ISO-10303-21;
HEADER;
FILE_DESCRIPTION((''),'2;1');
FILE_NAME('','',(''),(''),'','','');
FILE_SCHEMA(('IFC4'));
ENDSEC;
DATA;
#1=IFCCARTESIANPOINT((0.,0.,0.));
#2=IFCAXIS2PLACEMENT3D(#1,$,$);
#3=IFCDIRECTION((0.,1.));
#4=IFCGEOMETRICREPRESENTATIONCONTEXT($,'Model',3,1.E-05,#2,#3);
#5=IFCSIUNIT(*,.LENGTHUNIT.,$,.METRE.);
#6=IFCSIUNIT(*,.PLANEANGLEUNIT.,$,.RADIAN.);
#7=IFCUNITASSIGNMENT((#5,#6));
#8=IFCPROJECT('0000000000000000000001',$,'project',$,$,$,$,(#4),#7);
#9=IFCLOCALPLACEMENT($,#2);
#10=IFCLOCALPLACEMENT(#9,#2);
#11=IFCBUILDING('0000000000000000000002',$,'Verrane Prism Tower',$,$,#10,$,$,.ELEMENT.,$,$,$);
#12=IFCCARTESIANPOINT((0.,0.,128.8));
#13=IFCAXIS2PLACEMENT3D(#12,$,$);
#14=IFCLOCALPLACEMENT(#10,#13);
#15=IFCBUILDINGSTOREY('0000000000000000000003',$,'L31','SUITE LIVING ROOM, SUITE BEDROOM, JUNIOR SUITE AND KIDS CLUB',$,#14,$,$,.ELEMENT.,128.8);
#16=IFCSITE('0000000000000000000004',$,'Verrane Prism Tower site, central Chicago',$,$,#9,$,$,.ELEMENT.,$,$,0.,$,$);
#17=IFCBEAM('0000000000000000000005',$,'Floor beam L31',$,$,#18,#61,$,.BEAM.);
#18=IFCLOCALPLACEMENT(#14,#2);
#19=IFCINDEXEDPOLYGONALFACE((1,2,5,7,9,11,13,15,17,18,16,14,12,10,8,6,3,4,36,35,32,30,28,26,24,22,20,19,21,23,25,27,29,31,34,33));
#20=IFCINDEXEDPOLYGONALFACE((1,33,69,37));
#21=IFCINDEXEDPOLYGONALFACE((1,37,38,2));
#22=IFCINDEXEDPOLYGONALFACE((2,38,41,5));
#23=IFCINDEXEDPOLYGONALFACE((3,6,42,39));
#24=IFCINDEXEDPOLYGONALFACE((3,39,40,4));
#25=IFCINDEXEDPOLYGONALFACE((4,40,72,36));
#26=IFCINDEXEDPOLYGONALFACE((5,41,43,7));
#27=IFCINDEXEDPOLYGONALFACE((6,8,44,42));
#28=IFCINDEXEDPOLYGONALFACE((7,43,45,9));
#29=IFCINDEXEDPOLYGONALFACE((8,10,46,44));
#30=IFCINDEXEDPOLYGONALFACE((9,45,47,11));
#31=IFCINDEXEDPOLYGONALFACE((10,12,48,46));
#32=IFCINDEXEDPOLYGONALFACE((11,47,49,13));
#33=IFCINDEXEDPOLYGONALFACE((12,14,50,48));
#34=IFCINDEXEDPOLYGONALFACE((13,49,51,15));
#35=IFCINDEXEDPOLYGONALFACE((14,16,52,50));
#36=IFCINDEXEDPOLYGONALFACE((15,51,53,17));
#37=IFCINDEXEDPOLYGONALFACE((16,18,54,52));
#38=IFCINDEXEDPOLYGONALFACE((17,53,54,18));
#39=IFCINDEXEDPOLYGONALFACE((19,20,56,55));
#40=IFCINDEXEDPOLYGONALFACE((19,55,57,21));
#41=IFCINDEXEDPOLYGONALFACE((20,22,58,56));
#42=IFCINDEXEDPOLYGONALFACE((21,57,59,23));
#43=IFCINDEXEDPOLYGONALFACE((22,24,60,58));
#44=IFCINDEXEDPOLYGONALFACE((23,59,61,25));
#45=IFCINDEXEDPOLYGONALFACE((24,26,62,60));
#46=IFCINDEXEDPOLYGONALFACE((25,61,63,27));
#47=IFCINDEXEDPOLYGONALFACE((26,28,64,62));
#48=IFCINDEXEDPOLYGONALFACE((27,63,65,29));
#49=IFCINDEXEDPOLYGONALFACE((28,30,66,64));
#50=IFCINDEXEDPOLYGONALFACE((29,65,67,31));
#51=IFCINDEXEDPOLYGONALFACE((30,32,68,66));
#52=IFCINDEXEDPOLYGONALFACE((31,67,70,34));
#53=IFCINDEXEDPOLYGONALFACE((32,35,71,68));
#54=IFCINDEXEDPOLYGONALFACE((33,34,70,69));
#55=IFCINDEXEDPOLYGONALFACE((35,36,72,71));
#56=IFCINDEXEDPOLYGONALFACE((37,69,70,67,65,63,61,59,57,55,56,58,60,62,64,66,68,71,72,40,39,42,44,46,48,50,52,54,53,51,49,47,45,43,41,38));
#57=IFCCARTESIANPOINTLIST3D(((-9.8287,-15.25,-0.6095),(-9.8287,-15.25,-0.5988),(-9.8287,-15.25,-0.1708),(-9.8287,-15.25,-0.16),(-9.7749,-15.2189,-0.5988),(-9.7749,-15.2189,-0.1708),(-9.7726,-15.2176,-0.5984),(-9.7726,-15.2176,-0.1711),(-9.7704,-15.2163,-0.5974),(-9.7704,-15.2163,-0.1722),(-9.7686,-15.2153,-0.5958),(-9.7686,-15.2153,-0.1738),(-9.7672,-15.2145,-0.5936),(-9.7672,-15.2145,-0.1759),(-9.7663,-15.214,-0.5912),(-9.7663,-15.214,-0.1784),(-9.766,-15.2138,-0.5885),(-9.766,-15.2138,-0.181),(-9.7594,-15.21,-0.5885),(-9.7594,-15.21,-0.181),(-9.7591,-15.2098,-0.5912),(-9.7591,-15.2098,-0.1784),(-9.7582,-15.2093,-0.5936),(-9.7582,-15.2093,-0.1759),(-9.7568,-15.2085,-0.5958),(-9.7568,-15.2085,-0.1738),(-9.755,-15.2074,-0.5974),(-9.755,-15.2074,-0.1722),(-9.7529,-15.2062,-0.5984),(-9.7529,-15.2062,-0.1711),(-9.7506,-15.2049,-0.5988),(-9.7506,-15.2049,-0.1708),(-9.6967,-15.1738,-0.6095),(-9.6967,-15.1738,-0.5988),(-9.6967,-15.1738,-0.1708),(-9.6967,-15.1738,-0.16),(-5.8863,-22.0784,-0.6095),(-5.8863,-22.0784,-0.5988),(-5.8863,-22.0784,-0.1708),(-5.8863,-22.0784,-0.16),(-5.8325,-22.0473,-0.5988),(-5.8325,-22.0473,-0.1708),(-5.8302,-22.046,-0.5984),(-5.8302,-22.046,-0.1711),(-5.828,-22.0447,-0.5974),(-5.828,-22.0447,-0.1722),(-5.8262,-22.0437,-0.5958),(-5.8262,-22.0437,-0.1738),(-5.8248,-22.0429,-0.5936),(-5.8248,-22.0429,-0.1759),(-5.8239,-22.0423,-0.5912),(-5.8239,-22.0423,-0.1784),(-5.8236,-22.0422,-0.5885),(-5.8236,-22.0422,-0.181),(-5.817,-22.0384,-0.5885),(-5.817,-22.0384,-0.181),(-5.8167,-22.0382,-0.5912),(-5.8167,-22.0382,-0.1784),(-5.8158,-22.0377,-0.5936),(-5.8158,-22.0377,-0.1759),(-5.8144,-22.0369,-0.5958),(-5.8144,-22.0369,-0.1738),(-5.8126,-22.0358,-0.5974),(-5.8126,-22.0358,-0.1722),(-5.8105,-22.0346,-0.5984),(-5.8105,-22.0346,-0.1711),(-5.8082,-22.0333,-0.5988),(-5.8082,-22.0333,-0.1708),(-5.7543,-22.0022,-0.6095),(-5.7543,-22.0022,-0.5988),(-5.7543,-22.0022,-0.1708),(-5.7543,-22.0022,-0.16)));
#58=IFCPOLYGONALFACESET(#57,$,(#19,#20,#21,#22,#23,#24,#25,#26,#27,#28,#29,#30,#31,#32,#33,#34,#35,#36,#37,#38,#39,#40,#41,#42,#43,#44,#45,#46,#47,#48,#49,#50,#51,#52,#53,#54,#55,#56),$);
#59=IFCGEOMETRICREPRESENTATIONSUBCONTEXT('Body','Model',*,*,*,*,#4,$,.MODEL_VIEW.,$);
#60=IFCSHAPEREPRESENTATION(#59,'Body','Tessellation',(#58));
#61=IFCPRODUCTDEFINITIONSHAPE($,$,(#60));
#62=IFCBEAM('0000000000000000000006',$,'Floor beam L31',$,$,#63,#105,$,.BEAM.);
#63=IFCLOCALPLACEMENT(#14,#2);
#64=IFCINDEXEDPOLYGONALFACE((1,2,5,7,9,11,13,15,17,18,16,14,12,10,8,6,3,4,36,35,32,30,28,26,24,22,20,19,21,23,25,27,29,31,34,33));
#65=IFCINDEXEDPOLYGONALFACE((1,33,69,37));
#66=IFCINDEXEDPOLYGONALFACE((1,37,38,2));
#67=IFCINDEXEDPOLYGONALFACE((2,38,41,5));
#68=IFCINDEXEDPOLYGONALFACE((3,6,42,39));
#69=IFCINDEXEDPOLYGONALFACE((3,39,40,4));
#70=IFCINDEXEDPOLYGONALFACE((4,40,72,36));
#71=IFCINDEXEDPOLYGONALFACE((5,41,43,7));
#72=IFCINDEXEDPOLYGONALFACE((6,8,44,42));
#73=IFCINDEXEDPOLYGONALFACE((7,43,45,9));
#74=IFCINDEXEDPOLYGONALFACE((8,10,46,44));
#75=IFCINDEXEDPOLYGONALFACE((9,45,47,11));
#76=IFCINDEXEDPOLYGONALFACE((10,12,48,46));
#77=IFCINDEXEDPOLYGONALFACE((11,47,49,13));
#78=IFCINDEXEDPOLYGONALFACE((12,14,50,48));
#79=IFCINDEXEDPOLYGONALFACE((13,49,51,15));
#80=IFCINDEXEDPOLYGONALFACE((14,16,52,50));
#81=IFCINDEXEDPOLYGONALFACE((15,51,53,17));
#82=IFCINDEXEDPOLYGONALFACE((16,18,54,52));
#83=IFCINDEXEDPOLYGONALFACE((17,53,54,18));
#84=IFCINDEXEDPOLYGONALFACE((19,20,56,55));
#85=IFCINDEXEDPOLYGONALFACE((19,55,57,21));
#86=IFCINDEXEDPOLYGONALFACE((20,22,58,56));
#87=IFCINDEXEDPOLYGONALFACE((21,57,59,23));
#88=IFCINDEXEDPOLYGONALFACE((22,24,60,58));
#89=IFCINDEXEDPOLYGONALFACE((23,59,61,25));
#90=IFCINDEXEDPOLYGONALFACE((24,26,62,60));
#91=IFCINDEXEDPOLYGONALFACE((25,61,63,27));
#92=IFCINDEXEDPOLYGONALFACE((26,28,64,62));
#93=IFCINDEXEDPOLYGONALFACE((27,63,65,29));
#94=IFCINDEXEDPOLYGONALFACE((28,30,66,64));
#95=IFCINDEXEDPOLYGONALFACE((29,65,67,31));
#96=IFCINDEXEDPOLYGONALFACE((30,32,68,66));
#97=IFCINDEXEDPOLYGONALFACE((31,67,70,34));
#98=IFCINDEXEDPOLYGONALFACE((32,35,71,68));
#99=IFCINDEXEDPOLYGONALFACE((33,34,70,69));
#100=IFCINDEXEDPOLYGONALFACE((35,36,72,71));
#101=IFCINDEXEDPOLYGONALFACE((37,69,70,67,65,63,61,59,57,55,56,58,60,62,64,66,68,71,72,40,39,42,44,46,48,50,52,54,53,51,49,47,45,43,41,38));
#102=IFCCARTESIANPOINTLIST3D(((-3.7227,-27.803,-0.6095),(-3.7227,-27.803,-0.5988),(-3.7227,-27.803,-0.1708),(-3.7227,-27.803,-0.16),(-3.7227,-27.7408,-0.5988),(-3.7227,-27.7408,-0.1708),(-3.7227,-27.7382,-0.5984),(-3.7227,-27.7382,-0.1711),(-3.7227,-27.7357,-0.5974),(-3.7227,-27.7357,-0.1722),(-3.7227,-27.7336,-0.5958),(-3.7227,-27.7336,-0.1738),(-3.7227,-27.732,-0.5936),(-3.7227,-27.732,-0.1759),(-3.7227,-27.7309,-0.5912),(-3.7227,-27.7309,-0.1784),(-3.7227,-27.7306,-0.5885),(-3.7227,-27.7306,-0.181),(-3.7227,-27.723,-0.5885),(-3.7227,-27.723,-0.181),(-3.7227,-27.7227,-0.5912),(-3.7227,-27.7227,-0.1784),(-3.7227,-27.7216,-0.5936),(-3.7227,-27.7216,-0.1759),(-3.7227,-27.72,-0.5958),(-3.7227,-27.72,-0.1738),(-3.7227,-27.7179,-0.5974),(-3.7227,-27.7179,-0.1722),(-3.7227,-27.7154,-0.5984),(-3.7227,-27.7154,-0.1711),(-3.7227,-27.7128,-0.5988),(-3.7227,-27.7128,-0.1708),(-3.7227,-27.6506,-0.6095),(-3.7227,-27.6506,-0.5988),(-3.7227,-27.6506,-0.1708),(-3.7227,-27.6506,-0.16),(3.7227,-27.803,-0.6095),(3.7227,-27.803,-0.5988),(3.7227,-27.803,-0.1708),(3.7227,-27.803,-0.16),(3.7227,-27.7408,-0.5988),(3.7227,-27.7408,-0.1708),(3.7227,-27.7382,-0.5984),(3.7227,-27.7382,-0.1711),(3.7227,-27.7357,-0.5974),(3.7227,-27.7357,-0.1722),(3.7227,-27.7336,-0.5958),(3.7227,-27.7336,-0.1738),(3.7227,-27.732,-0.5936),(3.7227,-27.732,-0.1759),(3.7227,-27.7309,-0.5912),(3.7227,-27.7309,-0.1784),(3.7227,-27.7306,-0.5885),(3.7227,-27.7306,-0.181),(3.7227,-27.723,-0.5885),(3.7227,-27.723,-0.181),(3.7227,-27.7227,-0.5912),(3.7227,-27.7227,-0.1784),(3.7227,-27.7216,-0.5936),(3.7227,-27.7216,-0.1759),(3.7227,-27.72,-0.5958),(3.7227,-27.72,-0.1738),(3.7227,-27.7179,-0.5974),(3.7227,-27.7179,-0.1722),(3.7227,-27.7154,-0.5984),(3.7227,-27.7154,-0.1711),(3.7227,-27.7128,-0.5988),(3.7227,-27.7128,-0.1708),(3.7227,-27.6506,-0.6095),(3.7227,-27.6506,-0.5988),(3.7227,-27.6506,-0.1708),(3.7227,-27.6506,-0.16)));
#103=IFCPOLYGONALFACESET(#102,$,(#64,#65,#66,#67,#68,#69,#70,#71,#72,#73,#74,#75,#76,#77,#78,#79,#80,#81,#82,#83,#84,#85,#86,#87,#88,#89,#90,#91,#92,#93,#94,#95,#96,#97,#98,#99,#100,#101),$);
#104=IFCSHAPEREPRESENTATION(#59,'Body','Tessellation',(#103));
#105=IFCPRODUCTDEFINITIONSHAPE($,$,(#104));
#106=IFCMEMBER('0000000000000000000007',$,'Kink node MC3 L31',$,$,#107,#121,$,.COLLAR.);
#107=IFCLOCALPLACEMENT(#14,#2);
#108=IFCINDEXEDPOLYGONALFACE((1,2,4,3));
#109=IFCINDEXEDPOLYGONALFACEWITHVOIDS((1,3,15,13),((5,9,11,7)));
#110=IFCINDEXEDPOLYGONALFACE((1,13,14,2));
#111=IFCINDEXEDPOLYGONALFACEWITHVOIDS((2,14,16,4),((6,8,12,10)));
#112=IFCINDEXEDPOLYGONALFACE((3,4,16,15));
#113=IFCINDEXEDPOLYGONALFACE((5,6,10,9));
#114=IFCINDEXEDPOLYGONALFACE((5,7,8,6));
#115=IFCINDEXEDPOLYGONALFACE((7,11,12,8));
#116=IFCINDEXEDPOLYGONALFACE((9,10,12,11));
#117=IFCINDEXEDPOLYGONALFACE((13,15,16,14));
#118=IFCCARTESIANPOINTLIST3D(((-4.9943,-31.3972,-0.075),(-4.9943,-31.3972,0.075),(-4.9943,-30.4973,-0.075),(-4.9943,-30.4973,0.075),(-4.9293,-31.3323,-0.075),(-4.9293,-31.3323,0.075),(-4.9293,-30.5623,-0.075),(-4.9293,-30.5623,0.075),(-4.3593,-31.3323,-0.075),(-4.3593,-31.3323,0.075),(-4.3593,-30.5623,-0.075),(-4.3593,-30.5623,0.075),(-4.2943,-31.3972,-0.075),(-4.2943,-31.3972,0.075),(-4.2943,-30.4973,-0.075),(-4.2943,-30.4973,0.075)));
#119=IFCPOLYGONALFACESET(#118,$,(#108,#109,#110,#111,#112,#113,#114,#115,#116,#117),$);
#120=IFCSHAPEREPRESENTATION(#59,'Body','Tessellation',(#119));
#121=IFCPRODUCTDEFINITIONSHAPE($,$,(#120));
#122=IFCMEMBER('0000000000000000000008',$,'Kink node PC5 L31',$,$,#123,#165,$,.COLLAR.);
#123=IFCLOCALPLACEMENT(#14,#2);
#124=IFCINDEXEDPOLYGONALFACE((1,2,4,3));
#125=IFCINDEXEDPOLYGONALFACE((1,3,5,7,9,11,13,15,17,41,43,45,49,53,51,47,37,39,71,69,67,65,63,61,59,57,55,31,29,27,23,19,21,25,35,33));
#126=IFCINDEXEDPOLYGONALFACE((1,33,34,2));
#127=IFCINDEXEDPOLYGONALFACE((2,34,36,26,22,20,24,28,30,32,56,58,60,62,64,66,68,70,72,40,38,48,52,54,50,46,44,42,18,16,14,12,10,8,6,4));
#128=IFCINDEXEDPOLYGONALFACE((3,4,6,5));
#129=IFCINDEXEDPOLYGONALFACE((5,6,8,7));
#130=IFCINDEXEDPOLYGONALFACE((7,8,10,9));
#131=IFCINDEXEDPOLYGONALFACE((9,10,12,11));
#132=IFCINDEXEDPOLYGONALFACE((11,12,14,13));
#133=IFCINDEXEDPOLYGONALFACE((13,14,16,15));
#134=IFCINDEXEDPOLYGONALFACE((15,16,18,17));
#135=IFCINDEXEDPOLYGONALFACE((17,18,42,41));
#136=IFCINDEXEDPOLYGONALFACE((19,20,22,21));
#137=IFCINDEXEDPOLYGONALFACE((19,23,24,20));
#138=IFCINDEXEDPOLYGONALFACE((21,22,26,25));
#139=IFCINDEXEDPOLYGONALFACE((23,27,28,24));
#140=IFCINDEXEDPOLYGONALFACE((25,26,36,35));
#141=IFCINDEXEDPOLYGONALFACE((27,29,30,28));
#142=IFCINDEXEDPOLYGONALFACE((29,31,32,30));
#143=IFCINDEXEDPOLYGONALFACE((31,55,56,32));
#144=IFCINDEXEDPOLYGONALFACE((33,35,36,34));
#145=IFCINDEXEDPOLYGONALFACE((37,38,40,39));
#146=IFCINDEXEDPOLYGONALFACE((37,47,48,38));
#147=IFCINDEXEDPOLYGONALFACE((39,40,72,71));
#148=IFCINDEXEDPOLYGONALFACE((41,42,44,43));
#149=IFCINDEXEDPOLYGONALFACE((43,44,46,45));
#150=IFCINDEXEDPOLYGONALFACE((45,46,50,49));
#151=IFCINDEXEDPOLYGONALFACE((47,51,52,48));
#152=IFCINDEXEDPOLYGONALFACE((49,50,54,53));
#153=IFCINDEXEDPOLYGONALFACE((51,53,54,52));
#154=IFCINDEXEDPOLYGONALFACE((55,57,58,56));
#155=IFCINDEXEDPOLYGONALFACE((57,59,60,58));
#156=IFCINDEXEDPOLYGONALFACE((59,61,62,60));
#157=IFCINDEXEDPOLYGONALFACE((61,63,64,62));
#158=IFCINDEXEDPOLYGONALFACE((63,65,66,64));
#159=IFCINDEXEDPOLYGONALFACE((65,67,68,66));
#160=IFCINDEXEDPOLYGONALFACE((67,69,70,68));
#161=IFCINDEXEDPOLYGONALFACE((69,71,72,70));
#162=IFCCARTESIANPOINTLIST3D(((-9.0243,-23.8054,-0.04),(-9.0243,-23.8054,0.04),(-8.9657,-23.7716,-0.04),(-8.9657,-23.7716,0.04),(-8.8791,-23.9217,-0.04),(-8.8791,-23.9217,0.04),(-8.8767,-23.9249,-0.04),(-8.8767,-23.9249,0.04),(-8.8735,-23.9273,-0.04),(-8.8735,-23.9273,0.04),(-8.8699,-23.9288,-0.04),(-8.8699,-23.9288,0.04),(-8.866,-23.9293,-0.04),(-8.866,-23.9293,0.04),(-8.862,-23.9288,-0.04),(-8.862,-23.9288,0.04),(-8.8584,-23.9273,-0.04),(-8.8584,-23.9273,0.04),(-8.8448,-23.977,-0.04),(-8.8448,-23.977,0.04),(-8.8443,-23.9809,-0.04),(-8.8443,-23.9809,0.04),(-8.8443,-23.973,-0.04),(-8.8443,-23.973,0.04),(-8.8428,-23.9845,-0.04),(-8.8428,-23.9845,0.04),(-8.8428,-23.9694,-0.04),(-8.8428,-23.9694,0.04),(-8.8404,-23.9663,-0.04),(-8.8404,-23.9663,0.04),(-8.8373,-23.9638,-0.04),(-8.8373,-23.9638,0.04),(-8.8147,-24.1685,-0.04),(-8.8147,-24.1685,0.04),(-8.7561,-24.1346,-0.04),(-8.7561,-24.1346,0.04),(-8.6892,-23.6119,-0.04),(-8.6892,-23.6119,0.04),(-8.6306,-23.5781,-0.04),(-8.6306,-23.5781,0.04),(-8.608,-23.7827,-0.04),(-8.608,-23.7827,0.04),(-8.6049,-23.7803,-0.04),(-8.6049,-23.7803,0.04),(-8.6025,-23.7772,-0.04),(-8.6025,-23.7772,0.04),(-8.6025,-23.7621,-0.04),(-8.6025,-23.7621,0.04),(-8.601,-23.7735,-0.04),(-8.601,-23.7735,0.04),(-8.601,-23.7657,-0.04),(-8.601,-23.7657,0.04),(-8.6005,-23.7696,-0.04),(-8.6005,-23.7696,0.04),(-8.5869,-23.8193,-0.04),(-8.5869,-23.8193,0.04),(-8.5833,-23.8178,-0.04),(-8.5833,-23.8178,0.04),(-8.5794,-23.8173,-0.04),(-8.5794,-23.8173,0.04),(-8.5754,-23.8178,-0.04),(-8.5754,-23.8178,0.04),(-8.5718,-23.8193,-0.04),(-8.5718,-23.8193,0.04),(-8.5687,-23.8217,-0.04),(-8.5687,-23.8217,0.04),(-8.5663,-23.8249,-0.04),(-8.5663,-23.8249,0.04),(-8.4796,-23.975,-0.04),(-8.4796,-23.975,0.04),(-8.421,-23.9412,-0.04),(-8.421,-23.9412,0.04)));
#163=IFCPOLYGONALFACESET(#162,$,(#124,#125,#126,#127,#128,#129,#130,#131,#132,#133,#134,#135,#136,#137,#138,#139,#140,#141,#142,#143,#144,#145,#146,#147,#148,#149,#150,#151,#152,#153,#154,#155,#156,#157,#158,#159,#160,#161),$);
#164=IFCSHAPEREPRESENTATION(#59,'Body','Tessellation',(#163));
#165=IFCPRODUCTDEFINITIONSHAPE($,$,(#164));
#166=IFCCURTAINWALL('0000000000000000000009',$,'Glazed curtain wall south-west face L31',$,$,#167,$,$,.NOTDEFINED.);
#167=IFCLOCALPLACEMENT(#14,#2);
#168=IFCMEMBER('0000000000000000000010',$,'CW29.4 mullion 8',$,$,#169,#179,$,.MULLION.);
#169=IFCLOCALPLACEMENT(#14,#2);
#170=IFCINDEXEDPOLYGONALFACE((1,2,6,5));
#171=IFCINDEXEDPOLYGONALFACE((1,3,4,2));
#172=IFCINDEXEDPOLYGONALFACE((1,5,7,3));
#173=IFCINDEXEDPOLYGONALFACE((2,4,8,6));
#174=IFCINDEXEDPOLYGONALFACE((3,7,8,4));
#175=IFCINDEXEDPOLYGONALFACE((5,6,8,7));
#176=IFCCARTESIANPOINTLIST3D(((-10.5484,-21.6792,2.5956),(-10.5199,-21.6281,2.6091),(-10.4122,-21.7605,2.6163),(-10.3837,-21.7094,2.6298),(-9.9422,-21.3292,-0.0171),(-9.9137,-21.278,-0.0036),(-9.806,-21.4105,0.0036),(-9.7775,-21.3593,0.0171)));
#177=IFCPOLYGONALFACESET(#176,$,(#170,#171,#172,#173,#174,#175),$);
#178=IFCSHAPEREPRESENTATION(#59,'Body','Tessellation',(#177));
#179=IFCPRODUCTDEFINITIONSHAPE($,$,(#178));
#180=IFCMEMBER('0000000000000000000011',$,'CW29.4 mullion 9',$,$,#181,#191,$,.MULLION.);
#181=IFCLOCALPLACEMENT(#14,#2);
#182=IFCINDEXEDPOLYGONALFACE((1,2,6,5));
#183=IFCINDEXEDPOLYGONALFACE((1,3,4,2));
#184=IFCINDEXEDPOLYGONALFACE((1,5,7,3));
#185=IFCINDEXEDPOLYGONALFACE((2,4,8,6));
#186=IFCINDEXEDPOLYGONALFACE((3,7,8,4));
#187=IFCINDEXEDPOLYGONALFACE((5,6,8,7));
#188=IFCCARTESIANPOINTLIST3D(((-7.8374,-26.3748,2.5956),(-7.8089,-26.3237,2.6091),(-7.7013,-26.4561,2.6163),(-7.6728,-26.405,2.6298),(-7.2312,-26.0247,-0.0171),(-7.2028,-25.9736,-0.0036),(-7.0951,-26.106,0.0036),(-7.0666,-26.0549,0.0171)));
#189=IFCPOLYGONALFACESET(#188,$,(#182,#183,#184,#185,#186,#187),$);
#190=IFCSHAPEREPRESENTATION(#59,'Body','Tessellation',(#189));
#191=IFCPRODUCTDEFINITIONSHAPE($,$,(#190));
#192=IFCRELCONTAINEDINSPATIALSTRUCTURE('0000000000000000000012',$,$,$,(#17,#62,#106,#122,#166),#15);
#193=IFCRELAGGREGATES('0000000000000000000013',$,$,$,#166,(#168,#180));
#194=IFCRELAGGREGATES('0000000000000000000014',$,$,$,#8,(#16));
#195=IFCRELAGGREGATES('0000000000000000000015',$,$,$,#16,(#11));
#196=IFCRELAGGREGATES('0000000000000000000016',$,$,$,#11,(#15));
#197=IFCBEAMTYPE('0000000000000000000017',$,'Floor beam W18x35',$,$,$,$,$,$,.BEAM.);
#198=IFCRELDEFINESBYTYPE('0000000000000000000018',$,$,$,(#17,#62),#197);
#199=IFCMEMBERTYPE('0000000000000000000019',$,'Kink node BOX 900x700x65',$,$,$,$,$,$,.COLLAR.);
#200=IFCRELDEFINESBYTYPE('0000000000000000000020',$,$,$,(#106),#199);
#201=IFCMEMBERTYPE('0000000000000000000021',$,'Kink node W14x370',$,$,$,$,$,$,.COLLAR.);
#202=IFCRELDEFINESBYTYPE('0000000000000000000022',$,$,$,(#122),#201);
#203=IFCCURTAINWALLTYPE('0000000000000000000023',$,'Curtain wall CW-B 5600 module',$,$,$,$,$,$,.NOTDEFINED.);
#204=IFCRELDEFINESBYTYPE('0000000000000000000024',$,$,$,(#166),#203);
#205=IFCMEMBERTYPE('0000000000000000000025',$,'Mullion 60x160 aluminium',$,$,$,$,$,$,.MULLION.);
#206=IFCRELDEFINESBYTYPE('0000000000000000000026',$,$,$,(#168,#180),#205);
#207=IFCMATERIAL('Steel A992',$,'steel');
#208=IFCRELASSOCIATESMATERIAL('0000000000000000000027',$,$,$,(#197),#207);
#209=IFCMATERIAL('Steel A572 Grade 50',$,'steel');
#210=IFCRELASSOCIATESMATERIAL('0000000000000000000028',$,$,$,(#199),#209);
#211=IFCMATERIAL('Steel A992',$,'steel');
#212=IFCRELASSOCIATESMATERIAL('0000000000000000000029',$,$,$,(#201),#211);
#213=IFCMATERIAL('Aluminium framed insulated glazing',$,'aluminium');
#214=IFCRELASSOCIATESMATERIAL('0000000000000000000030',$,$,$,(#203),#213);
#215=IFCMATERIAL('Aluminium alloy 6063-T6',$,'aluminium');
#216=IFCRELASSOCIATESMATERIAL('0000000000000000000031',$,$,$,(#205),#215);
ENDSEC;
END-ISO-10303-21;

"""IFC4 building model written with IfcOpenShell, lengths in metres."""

from ifc_helpers import new_model, si_unit, direction, frame, origin, origin_2d, place, context, subcontext, project, spatial, rectangle, hollow_rectangle, i_section, extrude, material, material_profile, profile_set, type_object, element, aggregate, save


model = new_model("IFC4")

# Units and contexts
model_context = context("Model", 3, precision=1e-05, world=origin(), true_north=direction((0.0, 1.0)))
body_context = subcontext(model_context, "Body", "Model", "MODEL_VIEW")
ifc_project = project(units=[si_unit("LENGTHUNIT", "METRE"), si_unit("PLANEANGLEUNIT", "RADIAN")], contexts=[model_context])

# Site, building, storey
site_placement = place(None, origin())
site = spatial("IfcSite", under=ifc_project, at=site_placement, Name="Verrane Prism Tower site, central Chicago", CompositionType="ELEMENT", RefElevation=0.0)
building_placement = place(site_placement, origin())
building = spatial("IfcBuilding", under=site, at=building_placement, Name="Verrane Prism Tower", CompositionType="ELEMENT")
storey_placement = place(building_placement, frame((0.0, 0.0, 128.8)))
storey = spatial("IfcBuildingStorey", under=building, at=storey_placement, Name="L31", Description="SUITE LIVING ROOM, SUITE BEDROOM, JUNIOR SUITE AND KIDS CLUB", CompositionType="ELEMENT", Elevation=128.8)

# Beams
ifc_material_1 = material(Name="Steel A992", Category="steel")
ifc_material_profile_1 = material_profile(ifc_material_1, i_section(OverallWidth=0.1523, OverallDepth=0.4495, WebThickness=0.0076, FlangeThickness=0.0107, FilletRadius=0.0103, at=origin_2d()), Name="W18x35")
ifc_profile_set_1 = profile_set([ifc_material_profile_1], Name="Steel A992")
beam_type_1 = type_object("IfcBeamType", Name="Floor beam W18x35", PredefinedType="BEAM", material=ifc_profile_set_1)
beam_1_placement = place(storey_placement, frame((-5.8203, -22.0403, -0.3848), z_axis=(-0.500002, 0.866024, 0.0), x_axis=(-0.866024, -0.500002, 0.0)))
element("IfcBeam", 1, at=beam_1_placement, inside=storey, type_object=beam_type_1, Name="Floor beam L31", PredefinedType="BEAM", context=body_context, shape_type="SweptSolid", body=[
    extrude(i_section(OverallWidth=0.1523, OverallDepth=0.4495, WebThickness=0.0076, FlangeThickness=0.0107, FilletRadius=0.0103, at=origin_2d()), origin(), (0.0, 0.0, 1.0), 7.8848),
])
beam_2_placement = place(storey_placement, frame((-3.7227, -27.7268, -0.3848), z_axis=(1.0, 0.0, 0.0), x_axis=(0.0, 1.0, 0.0)))
element("IfcBeam", 2, at=beam_2_placement, inside=storey, type_object=beam_type_1, Name="Floor beam L31", PredefinedType="BEAM", context=body_context, shape_type="SweptSolid", body=[
    extrude(i_section(OverallWidth=0.1523, OverallDepth=0.4495, WebThickness=0.0076, FlangeThickness=0.0107, FilletRadius=0.0103, at=origin_2d()), origin(), (0.0, 0.0, 1.0), 7.4453),
])

# Members
ifc_material_2 = material(Name="Steel A572 Grade 50", Category="steel")
ifc_material_profile_2 = material_profile(ifc_material_2, hollow_rectangle(XDim=0.7, YDim=0.8999, WallThickness=0.0649, at=origin_2d()), Name="BOX 900x700x65")
ifc_profile_set_2 = profile_set([ifc_material_profile_2], Name="Steel A572 Grade 50")
member_type_1 = type_object("IfcMemberType", Name="Kink node BOX 900x700x65", PredefinedType="COLLAR", material=ifc_profile_set_2)
member_1_placement = place(storey_placement, frame((-4.6443, -30.9473, -0.075), z_axis=(0.0, 0.0, 1.0), x_axis=(-1.0, 0.0, 0.0)))
element("IfcMember", 3, at=member_1_placement, inside=storey, type_object=member_type_1, Name="Kink node MC3 L31", PredefinedType="COLLAR", context=body_context, shape_type="SweptSolid", body=[
    extrude(hollow_rectangle(XDim=0.7, YDim=0.8999, WallThickness=0.0649, at=origin_2d()), origin(), (0.0, 0.0, 1.0), 0.1499),
])
ifc_material_3 = material(Name="Steel A992", Category="steel")
ifc_material_profile_3 = material_profile(ifc_material_3, i_section(OverallWidth=0.4192, OverallDepth=0.4546, WebThickness=0.0422, FlangeThickness=0.0676, FilletRadius=0.0151, at=origin_2d()), Name="W14x370")
ifc_profile_set_3 = profile_set([ifc_material_profile_3], Name="Steel A992")
member_type_2 = type_object("IfcMemberType", Name="Kink node W14x370", PredefinedType="COLLAR", material=ifc_profile_set_3)
member_2_placement = place(storey_placement, frame((-8.7227, -23.8733, -0.04), z_axis=(0.0, 0.0, 1.0), x_axis=(-0.5, 0.866025, 0.0)))
element("IfcMember", 4, at=member_2_placement, inside=storey, type_object=member_type_2, Name="Kink node PC5 L31", PredefinedType="COLLAR", context=body_context, shape_type="SweptSolid", body=[
    extrude(i_section(OverallWidth=0.4192, OverallDepth=0.4546, WebThickness=0.0422, FlangeThickness=0.0676, FilletRadius=0.0151, at=origin_2d()), origin(), (0.0, 0.0, 1.0), 0.0801),
])

# Curtain wall, members
ifc_material_4 = material(Name="Aluminium framed insulated glazing", Category="aluminium")
curtain_wall_type_1 = type_object("IfcCurtainWallType", Name="Curtain wall CW-B 5600 module", PredefinedType="NOTDEFINED", material=ifc_material_4)
curtain_wall_1_placement = place(storey_placement, origin())
curtain_wall_1 = element("IfcCurtainWall", 5, at=curtain_wall_1_placement, inside=storey, type_object=curtain_wall_type_1, Name="Glazed curtain wall south-west face L31", PredefinedType="NOTDEFINED")
ifc_material_5 = material(Name="Aluminium alloy 6063-T6", Category="aluminium")
ifc_material_profile_4 = material_profile(ifc_material_5, rectangle(XDim=0.1599, YDim=0.0601, at=origin_2d()), Name="Mullion 60x160 aluminium")
ifc_profile_set_4 = profile_set([ifc_material_profile_4], Name="Aluminium alloy 6063-T6")
member_type_3 = type_object("IfcMemberType", Name="Mullion 60x160 aluminium", PredefinedType="MULLION", material=ifc_profile_set_4)
member_3_placement = place(storey_placement, frame((-9.8599, -21.3442, 0.0), z_axis=(-0.224108, -0.129429, 0.965931), x_axis=(0.851341, -0.508404, 0.129399)))
member_3 = element("IfcMember", 6, at=member_3_placement, type_object=member_type_3, Name="CW29.4 mullion 8", PredefinedType="MULLION", context=body_context, shape_type="SweptSolid", body=[
    extrude(rectangle(XDim=0.1599, YDim=0.0601, at=origin_2d()), origin(), (0.0, 0.0, 1.0), 2.7048),
])
member_4_placement = place(storey_placement, frame((-7.1489, -26.0398, 0.0), z_axis=(-0.224108, -0.129429, 0.965931), x_axis=(0.851341, -0.508404, 0.129399)))
member_4 = element("IfcMember", 7, at=member_4_placement, type_object=member_type_3, Name="CW29.4 mullion 9", PredefinedType="MULLION", context=body_context, shape_type="SweptSolid", body=[
    extrude(rectangle(XDim=0.1599, YDim=0.0601, at=origin_2d()), origin(), (0.0, 0.0, 1.0), 2.7048),
])

aggregate(curtain_wall_1, [member_3, member_4])

save(model, "model.ifc")
